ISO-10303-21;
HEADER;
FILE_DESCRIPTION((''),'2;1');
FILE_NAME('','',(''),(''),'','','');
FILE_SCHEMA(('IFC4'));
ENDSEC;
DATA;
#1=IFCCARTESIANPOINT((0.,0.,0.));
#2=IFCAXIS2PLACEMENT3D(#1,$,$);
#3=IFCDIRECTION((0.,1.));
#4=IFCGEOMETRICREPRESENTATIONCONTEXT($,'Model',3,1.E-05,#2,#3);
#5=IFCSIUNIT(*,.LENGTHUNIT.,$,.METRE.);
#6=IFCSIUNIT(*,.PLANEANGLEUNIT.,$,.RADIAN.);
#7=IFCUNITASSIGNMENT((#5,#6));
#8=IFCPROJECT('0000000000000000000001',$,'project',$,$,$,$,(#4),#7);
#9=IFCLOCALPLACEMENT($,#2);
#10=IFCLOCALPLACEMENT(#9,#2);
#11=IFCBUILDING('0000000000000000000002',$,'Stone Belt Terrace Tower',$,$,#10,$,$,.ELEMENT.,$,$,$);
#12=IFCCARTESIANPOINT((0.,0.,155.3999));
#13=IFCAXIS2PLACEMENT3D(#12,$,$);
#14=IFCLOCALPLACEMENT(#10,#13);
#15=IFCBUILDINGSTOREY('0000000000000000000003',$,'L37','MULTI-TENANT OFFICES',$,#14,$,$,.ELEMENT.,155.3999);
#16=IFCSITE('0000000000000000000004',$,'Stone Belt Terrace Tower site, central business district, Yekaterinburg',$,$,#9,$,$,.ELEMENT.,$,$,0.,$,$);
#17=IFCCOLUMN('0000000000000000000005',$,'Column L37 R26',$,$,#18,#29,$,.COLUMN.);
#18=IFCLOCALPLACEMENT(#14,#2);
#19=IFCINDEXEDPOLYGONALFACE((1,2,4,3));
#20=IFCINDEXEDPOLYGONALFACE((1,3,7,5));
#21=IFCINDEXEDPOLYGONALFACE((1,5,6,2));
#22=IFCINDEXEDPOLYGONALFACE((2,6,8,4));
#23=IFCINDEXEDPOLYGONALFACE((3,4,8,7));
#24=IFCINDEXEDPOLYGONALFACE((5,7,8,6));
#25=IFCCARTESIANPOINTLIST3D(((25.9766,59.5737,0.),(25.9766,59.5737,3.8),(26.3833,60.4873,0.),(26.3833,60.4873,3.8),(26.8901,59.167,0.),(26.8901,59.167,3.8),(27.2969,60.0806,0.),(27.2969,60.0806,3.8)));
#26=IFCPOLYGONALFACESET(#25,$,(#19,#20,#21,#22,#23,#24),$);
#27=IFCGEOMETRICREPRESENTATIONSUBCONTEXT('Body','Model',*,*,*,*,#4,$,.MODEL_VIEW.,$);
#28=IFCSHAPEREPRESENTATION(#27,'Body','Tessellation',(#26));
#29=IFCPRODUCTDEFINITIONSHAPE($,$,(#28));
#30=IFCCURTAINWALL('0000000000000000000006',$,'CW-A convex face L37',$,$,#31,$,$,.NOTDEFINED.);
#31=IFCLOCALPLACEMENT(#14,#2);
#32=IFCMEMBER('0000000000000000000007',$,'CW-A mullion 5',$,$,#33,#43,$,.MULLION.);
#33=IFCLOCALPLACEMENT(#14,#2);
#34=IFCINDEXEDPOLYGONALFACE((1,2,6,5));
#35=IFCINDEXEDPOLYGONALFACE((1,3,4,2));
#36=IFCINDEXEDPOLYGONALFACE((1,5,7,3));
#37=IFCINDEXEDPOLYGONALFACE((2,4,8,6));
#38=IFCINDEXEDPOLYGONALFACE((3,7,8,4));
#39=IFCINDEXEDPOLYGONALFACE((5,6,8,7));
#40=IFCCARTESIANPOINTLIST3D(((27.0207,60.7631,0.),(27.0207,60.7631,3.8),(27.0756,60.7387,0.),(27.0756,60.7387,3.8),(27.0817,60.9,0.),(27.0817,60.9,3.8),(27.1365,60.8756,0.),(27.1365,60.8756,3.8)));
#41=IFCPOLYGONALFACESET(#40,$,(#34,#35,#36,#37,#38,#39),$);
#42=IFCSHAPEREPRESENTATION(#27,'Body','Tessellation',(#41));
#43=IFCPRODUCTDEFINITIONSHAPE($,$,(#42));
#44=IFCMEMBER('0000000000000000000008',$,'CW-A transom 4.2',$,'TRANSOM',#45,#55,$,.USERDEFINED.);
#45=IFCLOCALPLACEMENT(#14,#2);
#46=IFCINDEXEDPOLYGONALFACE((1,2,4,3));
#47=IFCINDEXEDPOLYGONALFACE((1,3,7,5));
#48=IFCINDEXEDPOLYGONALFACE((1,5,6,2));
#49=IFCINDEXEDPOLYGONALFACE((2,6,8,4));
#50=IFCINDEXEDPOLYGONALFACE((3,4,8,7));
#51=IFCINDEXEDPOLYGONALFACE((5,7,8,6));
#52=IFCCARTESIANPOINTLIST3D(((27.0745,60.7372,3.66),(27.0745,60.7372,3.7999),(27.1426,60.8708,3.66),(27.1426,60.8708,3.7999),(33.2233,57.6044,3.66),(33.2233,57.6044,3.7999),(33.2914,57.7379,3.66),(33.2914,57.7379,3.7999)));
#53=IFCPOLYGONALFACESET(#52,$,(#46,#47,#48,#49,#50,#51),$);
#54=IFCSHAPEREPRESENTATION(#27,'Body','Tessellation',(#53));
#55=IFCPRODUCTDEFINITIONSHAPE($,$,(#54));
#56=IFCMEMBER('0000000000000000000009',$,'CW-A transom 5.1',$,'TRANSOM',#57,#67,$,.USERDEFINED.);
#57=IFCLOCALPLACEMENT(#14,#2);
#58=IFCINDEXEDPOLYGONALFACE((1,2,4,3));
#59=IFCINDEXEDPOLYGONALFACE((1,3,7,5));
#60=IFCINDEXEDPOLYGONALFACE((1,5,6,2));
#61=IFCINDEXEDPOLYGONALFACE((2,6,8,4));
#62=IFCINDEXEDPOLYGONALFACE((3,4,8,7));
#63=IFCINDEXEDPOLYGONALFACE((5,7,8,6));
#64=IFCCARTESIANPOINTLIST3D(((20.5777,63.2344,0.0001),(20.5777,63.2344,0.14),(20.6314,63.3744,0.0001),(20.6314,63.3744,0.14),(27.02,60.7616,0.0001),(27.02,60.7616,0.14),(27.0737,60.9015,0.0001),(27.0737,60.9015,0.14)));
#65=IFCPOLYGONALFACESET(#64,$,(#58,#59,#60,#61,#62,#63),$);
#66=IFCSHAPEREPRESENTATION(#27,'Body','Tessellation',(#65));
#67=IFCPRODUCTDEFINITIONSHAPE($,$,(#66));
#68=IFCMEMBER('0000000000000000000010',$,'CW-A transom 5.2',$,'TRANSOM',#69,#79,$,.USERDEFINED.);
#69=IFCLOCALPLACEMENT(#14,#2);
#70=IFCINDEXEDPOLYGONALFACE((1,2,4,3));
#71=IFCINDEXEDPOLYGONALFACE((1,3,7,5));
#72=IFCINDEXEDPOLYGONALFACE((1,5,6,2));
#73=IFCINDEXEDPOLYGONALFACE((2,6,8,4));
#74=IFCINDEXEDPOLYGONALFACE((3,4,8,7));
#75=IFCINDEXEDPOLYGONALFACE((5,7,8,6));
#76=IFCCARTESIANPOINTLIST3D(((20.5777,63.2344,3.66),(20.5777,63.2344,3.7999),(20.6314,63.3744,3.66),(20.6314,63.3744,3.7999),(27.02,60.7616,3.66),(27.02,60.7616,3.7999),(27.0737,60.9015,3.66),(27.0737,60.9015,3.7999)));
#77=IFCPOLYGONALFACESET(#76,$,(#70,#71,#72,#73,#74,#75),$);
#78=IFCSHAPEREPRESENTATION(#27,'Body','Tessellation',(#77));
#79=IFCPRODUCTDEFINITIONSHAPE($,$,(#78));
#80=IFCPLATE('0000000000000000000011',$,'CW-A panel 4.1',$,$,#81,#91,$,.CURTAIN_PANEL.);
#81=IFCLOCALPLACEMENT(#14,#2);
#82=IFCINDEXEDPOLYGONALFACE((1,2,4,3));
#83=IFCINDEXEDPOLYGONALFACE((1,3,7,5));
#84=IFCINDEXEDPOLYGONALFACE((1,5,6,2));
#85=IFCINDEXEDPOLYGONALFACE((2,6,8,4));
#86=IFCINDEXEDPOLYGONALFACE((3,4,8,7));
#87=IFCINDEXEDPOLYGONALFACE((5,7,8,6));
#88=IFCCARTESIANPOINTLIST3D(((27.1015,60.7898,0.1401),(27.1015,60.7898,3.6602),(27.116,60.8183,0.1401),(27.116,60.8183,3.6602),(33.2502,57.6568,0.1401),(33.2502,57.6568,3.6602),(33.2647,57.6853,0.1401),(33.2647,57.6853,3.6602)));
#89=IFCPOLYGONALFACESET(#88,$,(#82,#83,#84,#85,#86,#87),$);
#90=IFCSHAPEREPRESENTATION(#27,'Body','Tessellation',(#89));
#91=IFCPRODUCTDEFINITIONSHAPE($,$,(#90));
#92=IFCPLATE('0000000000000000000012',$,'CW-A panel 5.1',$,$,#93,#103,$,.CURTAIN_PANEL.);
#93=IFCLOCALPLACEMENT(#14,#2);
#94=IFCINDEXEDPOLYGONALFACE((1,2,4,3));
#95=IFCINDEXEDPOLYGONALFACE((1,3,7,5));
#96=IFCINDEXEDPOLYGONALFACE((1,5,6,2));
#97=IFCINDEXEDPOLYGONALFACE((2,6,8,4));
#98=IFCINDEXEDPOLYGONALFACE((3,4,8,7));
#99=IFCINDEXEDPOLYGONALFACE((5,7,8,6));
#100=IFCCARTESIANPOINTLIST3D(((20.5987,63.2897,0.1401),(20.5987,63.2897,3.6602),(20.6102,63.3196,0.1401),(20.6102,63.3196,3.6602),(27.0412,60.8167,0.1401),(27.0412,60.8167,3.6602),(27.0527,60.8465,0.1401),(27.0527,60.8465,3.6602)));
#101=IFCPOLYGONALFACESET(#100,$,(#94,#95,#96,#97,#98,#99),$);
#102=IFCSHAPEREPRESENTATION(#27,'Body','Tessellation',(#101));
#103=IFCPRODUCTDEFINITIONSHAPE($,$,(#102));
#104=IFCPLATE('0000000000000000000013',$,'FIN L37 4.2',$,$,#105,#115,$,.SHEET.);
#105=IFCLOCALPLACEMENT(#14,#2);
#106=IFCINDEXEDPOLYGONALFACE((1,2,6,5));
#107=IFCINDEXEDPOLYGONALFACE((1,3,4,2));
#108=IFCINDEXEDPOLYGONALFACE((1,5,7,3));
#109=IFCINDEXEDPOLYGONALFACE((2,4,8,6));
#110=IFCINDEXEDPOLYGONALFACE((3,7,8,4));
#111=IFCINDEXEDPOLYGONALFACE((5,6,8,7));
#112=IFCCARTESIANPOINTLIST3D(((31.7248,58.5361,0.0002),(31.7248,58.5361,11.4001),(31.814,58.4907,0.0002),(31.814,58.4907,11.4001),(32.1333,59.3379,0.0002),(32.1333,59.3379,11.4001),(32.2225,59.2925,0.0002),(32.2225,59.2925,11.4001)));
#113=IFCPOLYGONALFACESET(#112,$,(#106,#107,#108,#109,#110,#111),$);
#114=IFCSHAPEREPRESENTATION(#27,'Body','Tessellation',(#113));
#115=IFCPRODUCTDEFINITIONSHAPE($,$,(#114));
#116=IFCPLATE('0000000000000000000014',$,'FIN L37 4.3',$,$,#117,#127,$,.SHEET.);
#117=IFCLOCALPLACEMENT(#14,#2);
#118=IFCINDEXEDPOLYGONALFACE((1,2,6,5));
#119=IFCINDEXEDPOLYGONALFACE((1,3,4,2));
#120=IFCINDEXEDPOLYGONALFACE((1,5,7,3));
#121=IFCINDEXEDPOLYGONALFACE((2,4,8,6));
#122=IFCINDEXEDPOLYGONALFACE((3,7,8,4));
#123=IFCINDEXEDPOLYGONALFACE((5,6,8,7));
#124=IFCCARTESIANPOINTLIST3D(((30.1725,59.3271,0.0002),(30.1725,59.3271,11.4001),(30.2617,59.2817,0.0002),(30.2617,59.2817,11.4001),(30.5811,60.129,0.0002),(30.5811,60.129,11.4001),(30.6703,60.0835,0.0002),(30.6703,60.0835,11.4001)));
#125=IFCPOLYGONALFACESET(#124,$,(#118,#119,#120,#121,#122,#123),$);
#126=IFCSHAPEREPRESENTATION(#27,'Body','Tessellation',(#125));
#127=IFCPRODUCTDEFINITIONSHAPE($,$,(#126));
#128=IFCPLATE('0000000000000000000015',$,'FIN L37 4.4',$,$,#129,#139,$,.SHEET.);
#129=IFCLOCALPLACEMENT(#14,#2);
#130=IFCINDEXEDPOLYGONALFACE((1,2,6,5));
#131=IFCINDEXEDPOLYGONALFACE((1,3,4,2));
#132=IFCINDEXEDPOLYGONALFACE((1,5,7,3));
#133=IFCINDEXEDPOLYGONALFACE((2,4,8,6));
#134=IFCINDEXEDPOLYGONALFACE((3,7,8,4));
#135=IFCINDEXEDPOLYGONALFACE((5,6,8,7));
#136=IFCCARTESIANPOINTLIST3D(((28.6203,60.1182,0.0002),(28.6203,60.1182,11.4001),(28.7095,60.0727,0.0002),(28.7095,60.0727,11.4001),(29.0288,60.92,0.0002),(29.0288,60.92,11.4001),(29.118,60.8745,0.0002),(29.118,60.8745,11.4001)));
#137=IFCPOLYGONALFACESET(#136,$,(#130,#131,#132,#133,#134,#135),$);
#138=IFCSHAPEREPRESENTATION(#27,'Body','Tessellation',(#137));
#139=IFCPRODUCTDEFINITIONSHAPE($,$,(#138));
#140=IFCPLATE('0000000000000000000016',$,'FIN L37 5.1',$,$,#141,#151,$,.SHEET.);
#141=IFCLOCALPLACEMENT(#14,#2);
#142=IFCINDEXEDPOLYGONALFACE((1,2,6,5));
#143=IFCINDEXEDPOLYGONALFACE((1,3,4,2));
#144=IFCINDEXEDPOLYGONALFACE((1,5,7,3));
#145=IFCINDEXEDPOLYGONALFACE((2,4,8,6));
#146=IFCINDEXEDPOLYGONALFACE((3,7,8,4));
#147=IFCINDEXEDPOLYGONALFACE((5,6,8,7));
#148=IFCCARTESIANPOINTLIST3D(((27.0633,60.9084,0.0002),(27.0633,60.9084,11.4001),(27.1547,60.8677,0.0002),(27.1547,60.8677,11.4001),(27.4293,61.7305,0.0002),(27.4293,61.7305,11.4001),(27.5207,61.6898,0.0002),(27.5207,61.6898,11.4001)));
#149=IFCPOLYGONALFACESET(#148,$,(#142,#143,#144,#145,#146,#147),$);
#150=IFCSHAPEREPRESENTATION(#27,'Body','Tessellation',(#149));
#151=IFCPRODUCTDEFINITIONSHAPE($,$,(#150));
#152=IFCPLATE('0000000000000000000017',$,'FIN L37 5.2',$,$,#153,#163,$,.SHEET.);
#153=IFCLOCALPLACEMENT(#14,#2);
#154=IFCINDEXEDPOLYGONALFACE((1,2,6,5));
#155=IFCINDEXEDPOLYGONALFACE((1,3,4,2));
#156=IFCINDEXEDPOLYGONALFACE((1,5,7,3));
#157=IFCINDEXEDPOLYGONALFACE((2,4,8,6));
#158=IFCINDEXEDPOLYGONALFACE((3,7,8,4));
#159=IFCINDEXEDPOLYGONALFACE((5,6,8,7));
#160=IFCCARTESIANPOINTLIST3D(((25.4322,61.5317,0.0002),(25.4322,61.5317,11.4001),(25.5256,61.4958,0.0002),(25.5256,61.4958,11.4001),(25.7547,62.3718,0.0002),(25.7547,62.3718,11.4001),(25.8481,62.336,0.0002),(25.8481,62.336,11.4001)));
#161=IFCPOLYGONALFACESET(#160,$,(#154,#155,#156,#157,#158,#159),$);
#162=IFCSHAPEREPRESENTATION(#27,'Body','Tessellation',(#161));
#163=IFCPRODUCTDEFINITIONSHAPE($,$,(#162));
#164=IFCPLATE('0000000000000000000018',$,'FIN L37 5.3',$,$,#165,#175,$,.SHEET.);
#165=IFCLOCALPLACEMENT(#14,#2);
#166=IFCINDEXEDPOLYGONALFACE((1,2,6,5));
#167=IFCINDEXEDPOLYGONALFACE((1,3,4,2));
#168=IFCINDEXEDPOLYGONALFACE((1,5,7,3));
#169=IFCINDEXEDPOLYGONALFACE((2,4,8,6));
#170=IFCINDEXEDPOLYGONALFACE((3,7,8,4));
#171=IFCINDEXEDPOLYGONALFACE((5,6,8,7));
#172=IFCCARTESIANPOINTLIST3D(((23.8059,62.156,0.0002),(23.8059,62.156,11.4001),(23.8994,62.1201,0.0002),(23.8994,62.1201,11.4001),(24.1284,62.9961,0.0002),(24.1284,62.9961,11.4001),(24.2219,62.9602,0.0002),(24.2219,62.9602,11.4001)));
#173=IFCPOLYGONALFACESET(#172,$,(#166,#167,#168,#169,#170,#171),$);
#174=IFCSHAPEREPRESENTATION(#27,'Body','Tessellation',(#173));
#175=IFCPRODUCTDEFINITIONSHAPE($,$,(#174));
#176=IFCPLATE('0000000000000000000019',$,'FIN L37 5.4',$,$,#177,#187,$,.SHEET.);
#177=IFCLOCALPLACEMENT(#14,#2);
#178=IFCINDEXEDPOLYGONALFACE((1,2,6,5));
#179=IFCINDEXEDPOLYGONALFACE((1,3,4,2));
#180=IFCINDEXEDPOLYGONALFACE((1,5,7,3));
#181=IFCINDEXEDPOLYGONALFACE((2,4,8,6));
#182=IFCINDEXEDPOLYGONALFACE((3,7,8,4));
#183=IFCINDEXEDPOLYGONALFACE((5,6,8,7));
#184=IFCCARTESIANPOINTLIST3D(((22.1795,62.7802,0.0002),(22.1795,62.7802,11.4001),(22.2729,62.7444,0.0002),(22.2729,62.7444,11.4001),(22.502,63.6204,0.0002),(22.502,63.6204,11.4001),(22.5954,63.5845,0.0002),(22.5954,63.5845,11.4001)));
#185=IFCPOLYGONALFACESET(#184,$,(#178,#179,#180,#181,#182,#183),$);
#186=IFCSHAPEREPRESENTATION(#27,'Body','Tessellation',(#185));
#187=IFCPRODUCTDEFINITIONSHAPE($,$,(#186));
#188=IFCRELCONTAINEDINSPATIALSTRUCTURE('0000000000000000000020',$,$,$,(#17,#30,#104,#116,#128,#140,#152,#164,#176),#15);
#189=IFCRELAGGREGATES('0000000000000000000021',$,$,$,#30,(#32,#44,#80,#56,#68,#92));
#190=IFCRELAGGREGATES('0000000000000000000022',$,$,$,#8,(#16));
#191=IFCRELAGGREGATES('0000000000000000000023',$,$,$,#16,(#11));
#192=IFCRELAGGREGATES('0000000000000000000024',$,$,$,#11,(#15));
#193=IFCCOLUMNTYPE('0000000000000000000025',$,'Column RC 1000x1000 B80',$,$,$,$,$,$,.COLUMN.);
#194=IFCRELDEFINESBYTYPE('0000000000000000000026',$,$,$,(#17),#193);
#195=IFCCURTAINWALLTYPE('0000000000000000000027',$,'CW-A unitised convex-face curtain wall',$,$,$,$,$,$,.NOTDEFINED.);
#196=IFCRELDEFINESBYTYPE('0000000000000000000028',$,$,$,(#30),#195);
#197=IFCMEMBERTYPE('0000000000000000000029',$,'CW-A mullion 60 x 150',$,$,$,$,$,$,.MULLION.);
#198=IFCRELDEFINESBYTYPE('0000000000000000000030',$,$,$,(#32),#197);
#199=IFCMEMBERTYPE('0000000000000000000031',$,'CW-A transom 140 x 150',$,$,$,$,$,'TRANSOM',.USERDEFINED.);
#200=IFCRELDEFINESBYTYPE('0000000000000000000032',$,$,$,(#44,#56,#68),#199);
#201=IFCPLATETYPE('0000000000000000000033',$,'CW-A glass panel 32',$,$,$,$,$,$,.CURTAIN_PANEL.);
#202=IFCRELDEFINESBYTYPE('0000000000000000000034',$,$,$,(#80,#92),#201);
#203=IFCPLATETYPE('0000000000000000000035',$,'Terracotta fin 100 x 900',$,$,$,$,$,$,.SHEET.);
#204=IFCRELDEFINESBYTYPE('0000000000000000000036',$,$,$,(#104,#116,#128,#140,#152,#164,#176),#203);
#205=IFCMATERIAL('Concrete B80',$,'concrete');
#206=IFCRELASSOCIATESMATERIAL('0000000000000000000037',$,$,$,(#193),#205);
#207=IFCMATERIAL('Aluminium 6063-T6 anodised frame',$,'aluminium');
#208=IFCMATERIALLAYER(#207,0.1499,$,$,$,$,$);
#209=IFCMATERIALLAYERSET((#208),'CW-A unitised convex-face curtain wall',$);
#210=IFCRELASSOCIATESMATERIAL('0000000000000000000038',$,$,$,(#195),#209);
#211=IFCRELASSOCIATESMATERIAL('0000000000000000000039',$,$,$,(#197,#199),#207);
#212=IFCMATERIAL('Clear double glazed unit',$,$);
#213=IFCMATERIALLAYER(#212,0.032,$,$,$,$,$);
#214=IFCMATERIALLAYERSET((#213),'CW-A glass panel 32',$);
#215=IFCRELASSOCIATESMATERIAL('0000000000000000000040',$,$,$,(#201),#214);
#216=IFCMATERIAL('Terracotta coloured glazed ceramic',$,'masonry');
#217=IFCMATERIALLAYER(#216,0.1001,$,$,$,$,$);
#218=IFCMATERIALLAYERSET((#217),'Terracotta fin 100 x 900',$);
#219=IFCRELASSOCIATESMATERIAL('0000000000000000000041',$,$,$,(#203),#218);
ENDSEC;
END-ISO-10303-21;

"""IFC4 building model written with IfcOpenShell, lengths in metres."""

from ifc_helpers import new_model, si_unit, direction, frame, origin, origin_2d, place, context, subcontext, project, spatial, rectangle, extrude, material, layer, layer_set, material_profile, profile_set, type_object, element, aggregate, save


model = new_model("IFC4")

# Units and contexts
model_context = context("Model", 3, precision=1e-05, world=origin(), true_north=direction((0.0, 1.0)))
body_context = subcontext(model_context, "Body", "Model", "MODEL_VIEW")
ifc_project = project(units=[si_unit("LENGTHUNIT", "METRE"), si_unit("PLANEANGLEUNIT", "RADIAN")], contexts=[model_context])

# Site, building, storey
site_placement = place(None, origin())
site = spatial("IfcSite", under=ifc_project, at=site_placement, Name="Stone Belt Terrace Tower site, central business district, Yekaterinburg", CompositionType="ELEMENT", RefElevation=0.0)
building_placement = place(site_placement, origin())
building = spatial("IfcBuilding", under=site, at=building_placement, Name="Stone Belt Terrace Tower", CompositionType="ELEMENT")
storey_placement = place(building_placement, frame((0.0, 0.0, 155.3999)))
storey = spatial("IfcBuildingStorey", under=building, at=storey_placement, Name="L37", Description="MULTI-TENANT OFFICES", CompositionType="ELEMENT", Elevation=155.3999)

# Column
ifc_material_1 = material(Name="Concrete B80", Category="concrete")
ifc_material_profile_1 = material_profile(ifc_material_1, rectangle(XDim=1.0, YDim=1.0, at=origin_2d()), Name="RC 1000x1000")
ifc_profile_set_1 = profile_set([ifc_material_profile_1], Name="Concrete B80")
column_type = type_object("IfcColumnType", Name="Column RC 1000x1000 B80", PredefinedType="COLUMN", material=ifc_profile_set_1)
column_placement = place(storey_placement, frame((26.6367, 59.8271, 0.0), z_axis=(0.0, 0.0, 1.0), x_axis=(0.913545, -0.406737, 0.0)))
element("IfcColumn", 1, at=column_placement, inside=storey, type_object=column_type, Name="Column L37 R26", PredefinedType="COLUMN", context=body_context, shape_type="SweptSolid", body=[
    extrude(rectangle(XDim=1.0, YDim=1.0, at=origin_2d()), origin(), (0.0, 0.0, 1.0), 3.8),
])

# Curtain wall, members, plates
ifc_material_2 = material(Name="Aluminium 6063-T6 anodised frame", Category="aluminium")
ifc_layer_1 = layer(ifc_material_2, 0.1499)
ifc_layer_set_1 = layer_set([ifc_layer_1], Name="CW-A unitised convex-face curtain wall")
curtain_wall_type = type_object("IfcCurtainWallType", Name="CW-A unitised convex-face curtain wall", PredefinedType="NOTDEFINED", material=ifc_layer_set_1)
curtain_wall_placement = place(storey_placement, origin())
curtain_wall = element("IfcCurtainWall", 2, at=curtain_wall_placement, inside=storey, type_object=curtain_wall_type, Name="CW-A convex face L37", PredefinedType="NOTDEFINED")
ifc_material_profile_2 = material_profile(ifc_material_2, rectangle(XDim=0.1499, YDim=0.0601, at=origin_2d()), Name="Aluminium 6063-T6 60x150")
ifc_profile_set_2 = profile_set([ifc_material_profile_2], Name="Aluminium 6063-T6 anodised frame")
member_type_1 = type_object("IfcMemberType", Name="CW-A mullion 60 x 150", PredefinedType="MULLION", material=ifc_profile_set_2)
member_1_placement = place(storey_placement, frame((27.0786, 60.8193, 0.0), z_axis=(0.0, 0.0, 1.0), x_axis=(-0.406737, -0.913545, 0.0)))
member_1 = element("IfcMember", 3, at=member_1_placement, type_object=member_type_1, Name="CW-A mullion 5", PredefinedType="MULLION", context=body_context, shape_type="SweptSolid", body=[
    extrude(rectangle(XDim=0.1499, YDim=0.0601, at=origin_2d()), origin(), (0.0, 0.0, 1.0), 3.8),
])
ifc_material_profile_3 = material_profile(ifc_material_2, rectangle(XDim=0.1499, YDim=0.1399, at=origin_2d()), Name="Aluminium 6063-T6 150x140")
ifc_profile_set_3 = profile_set([ifc_material_profile_3], Name="Aluminium 6063-T6 anodised frame")
member_type_2 = type_object("IfcMemberType", Name="CW-A transom 140 x 150", ElementType="TRANSOM", PredefinedType="USERDEFINED", material=ifc_profile_set_3)
member_2_placement = place(storey_placement, frame((33.2573, 57.6711, 3.73), z_axis=(-0.891012, 0.453979, 0.0), x_axis=(-0.453979, -0.891012, 0.0)))
member_2 = element("IfcMember", 4, at=member_2_placement, type_object=member_type_2, Name="CW-A transom 4.2", ObjectType="TRANSOM", PredefinedType="USERDEFINED", context=body_context, shape_type="SweptSolid", body=[
    extrude(rectangle(XDim=0.1499, YDim=0.1399, at=origin_2d()), origin(), (0.0, 0.0, 1.0), 6.9009),
])
member_3_placement = place(storey_placement, frame((27.0469, 60.8315, 0.0701), z_axis=(-0.933585, 0.358355, 0.0), x_axis=(-0.358355, -0.933585, 0.0)))
member_3 = element("IfcMember", 5, at=member_3_placement, type_object=member_type_2, Name="CW-A transom 5.1", ObjectType="TRANSOM", PredefinedType="USERDEFINED", context=body_context, shape_type="SweptSolid", body=[
    extrude(rectangle(XDim=0.1499, YDim=0.1399, at=origin_2d()), origin(), (0.0, 0.0, 1.0), 6.9006),
])
member_4_placement = place(storey_placement, frame((27.0469, 60.8315, 3.73), z_axis=(-0.933585, 0.358355, 0.0), x_axis=(-0.358355, -0.933585, 0.0)))
member_4 = element("IfcMember", 6, at=member_4_placement, type_object=member_type_2, Name="CW-A transom 5.2", ObjectType="TRANSOM", PredefinedType="USERDEFINED", context=body_context, shape_type="SweptSolid", body=[
    extrude(rectangle(XDim=0.1499, YDim=0.1399, at=origin_2d()), origin(), (0.0, 0.0, 1.0), 6.9006),
])
ifc_material_3 = material(Name="Clear double glazed unit")
ifc_layer_2 = layer(ifc_material_3, 0.032)
ifc_layer_set_2 = layer_set([ifc_layer_2], Name="CW-A glass panel 32")
plate_type_1 = type_object("IfcPlateType", Name="CW-A glass panel 32", PredefinedType="CURTAIN_PANEL", material=ifc_layer_set_2)
plate_1_placement = place(storey_placement, frame((30.1831, 59.2375, 0.1401), z_axis=(0.0, 0.0, 1.0), x_axis=(-0.891007, 0.45399, 0.0)))
plate_1 = element("IfcPlate", 7, at=plate_1_placement, type_object=plate_type_1, Name="CW-A panel 4.1", PredefinedType="CURTAIN_PANEL", context=body_context, shape_type="SweptSolid", body=[
    extrude(rectangle(XDim=6.9009, YDim=0.032, at=origin_2d()), origin(), (0.0, 0.0, 1.0), 3.52),
])
plate_2_placement = place(storey_placement, frame((23.8257, 62.0681, 0.1401), z_axis=(0.0, 0.0, 1.0), x_axis=(-0.93358, 0.358368, 0.0)))
plate_2 = element("IfcPlate", 8, at=plate_2_placement, type_object=plate_type_1, Name="CW-A panel 5.1", PredefinedType="CURTAIN_PANEL", context=body_context, shape_type="SweptSolid", body=[
    extrude(rectangle(XDim=6.9009, YDim=0.032, at=origin_2d()), origin(), (0.0, 0.0, 1.0), 3.52),
])
aggregate(curtain_wall, [member_1, member_2, plate_1, member_3, member_4, plate_2])

# Plates
ifc_material_4 = material(Name="Terracotta coloured glazed ceramic", Category="masonry")
ifc_layer_3 = layer(ifc_material_4, 0.1001)
ifc_layer_set_3 = layer_set([ifc_layer_3], Name="Terracotta fin 100 x 900")
plate_type_2 = type_object("IfcPlateType", Name="Terracotta fin 100 x 900", PredefinedType="SHEET", material=ifc_layer_set_3)
for number, where, z_axis, x_axis, name in (
    (9, (31.9736, 58.9143, 0.0002), (0.0, 0.0, 1.0), (0.45399, 0.891007, 0.0), "FIN L37 4.2"),
    (10, (30.4214, 59.7053, 0.0002), (0.0, 0.0, 1.0), (0.45399, 0.891007, 0.0), "FIN L37 4.3"),
    (11, (28.8691, 60.4963, 0.0002), (0.0, 0.0, 1.0), (0.45399, 0.891007, 0.0), "FIN L37 4.4"),
    (12, (27.292, 61.2991, 0.0002), (0.0, 0.0, 1.0), (0.406737, 0.913545, 0.0), "FIN L37 5.1"),
    (13, (25.6401, 61.9338, 0.0002), (0.0, 0.0, 1.0), (0.358368, 0.93358, 0.0), "FIN L37 5.2"),
    (14, (24.0139, 62.5581, 0.0002), (0.0, 0.0, 1.0), (0.358368, 0.93358, 0.0), "FIN L37 5.3"),
    (15, (22.3875, 63.1824, 0.0002), (0.0, 0.0, 1.0), (0.358368, 0.93358, 0.0), "FIN L37 5.4"),
):
    element("IfcPlate", number, at=place(storey_placement, frame(where, z_axis=z_axis, x_axis=x_axis)), inside=storey, type_object=plate_type_2, Name=name, PredefinedType="SHEET", context=body_context, shape_type="SweptSolid", body=[
        extrude(rectangle(XDim=0.8999, YDim=0.1001, at=origin_2d()), origin(), (0.0, 0.0, 1.0), 11.3999),
    ])

save(model, "model.ifc")
